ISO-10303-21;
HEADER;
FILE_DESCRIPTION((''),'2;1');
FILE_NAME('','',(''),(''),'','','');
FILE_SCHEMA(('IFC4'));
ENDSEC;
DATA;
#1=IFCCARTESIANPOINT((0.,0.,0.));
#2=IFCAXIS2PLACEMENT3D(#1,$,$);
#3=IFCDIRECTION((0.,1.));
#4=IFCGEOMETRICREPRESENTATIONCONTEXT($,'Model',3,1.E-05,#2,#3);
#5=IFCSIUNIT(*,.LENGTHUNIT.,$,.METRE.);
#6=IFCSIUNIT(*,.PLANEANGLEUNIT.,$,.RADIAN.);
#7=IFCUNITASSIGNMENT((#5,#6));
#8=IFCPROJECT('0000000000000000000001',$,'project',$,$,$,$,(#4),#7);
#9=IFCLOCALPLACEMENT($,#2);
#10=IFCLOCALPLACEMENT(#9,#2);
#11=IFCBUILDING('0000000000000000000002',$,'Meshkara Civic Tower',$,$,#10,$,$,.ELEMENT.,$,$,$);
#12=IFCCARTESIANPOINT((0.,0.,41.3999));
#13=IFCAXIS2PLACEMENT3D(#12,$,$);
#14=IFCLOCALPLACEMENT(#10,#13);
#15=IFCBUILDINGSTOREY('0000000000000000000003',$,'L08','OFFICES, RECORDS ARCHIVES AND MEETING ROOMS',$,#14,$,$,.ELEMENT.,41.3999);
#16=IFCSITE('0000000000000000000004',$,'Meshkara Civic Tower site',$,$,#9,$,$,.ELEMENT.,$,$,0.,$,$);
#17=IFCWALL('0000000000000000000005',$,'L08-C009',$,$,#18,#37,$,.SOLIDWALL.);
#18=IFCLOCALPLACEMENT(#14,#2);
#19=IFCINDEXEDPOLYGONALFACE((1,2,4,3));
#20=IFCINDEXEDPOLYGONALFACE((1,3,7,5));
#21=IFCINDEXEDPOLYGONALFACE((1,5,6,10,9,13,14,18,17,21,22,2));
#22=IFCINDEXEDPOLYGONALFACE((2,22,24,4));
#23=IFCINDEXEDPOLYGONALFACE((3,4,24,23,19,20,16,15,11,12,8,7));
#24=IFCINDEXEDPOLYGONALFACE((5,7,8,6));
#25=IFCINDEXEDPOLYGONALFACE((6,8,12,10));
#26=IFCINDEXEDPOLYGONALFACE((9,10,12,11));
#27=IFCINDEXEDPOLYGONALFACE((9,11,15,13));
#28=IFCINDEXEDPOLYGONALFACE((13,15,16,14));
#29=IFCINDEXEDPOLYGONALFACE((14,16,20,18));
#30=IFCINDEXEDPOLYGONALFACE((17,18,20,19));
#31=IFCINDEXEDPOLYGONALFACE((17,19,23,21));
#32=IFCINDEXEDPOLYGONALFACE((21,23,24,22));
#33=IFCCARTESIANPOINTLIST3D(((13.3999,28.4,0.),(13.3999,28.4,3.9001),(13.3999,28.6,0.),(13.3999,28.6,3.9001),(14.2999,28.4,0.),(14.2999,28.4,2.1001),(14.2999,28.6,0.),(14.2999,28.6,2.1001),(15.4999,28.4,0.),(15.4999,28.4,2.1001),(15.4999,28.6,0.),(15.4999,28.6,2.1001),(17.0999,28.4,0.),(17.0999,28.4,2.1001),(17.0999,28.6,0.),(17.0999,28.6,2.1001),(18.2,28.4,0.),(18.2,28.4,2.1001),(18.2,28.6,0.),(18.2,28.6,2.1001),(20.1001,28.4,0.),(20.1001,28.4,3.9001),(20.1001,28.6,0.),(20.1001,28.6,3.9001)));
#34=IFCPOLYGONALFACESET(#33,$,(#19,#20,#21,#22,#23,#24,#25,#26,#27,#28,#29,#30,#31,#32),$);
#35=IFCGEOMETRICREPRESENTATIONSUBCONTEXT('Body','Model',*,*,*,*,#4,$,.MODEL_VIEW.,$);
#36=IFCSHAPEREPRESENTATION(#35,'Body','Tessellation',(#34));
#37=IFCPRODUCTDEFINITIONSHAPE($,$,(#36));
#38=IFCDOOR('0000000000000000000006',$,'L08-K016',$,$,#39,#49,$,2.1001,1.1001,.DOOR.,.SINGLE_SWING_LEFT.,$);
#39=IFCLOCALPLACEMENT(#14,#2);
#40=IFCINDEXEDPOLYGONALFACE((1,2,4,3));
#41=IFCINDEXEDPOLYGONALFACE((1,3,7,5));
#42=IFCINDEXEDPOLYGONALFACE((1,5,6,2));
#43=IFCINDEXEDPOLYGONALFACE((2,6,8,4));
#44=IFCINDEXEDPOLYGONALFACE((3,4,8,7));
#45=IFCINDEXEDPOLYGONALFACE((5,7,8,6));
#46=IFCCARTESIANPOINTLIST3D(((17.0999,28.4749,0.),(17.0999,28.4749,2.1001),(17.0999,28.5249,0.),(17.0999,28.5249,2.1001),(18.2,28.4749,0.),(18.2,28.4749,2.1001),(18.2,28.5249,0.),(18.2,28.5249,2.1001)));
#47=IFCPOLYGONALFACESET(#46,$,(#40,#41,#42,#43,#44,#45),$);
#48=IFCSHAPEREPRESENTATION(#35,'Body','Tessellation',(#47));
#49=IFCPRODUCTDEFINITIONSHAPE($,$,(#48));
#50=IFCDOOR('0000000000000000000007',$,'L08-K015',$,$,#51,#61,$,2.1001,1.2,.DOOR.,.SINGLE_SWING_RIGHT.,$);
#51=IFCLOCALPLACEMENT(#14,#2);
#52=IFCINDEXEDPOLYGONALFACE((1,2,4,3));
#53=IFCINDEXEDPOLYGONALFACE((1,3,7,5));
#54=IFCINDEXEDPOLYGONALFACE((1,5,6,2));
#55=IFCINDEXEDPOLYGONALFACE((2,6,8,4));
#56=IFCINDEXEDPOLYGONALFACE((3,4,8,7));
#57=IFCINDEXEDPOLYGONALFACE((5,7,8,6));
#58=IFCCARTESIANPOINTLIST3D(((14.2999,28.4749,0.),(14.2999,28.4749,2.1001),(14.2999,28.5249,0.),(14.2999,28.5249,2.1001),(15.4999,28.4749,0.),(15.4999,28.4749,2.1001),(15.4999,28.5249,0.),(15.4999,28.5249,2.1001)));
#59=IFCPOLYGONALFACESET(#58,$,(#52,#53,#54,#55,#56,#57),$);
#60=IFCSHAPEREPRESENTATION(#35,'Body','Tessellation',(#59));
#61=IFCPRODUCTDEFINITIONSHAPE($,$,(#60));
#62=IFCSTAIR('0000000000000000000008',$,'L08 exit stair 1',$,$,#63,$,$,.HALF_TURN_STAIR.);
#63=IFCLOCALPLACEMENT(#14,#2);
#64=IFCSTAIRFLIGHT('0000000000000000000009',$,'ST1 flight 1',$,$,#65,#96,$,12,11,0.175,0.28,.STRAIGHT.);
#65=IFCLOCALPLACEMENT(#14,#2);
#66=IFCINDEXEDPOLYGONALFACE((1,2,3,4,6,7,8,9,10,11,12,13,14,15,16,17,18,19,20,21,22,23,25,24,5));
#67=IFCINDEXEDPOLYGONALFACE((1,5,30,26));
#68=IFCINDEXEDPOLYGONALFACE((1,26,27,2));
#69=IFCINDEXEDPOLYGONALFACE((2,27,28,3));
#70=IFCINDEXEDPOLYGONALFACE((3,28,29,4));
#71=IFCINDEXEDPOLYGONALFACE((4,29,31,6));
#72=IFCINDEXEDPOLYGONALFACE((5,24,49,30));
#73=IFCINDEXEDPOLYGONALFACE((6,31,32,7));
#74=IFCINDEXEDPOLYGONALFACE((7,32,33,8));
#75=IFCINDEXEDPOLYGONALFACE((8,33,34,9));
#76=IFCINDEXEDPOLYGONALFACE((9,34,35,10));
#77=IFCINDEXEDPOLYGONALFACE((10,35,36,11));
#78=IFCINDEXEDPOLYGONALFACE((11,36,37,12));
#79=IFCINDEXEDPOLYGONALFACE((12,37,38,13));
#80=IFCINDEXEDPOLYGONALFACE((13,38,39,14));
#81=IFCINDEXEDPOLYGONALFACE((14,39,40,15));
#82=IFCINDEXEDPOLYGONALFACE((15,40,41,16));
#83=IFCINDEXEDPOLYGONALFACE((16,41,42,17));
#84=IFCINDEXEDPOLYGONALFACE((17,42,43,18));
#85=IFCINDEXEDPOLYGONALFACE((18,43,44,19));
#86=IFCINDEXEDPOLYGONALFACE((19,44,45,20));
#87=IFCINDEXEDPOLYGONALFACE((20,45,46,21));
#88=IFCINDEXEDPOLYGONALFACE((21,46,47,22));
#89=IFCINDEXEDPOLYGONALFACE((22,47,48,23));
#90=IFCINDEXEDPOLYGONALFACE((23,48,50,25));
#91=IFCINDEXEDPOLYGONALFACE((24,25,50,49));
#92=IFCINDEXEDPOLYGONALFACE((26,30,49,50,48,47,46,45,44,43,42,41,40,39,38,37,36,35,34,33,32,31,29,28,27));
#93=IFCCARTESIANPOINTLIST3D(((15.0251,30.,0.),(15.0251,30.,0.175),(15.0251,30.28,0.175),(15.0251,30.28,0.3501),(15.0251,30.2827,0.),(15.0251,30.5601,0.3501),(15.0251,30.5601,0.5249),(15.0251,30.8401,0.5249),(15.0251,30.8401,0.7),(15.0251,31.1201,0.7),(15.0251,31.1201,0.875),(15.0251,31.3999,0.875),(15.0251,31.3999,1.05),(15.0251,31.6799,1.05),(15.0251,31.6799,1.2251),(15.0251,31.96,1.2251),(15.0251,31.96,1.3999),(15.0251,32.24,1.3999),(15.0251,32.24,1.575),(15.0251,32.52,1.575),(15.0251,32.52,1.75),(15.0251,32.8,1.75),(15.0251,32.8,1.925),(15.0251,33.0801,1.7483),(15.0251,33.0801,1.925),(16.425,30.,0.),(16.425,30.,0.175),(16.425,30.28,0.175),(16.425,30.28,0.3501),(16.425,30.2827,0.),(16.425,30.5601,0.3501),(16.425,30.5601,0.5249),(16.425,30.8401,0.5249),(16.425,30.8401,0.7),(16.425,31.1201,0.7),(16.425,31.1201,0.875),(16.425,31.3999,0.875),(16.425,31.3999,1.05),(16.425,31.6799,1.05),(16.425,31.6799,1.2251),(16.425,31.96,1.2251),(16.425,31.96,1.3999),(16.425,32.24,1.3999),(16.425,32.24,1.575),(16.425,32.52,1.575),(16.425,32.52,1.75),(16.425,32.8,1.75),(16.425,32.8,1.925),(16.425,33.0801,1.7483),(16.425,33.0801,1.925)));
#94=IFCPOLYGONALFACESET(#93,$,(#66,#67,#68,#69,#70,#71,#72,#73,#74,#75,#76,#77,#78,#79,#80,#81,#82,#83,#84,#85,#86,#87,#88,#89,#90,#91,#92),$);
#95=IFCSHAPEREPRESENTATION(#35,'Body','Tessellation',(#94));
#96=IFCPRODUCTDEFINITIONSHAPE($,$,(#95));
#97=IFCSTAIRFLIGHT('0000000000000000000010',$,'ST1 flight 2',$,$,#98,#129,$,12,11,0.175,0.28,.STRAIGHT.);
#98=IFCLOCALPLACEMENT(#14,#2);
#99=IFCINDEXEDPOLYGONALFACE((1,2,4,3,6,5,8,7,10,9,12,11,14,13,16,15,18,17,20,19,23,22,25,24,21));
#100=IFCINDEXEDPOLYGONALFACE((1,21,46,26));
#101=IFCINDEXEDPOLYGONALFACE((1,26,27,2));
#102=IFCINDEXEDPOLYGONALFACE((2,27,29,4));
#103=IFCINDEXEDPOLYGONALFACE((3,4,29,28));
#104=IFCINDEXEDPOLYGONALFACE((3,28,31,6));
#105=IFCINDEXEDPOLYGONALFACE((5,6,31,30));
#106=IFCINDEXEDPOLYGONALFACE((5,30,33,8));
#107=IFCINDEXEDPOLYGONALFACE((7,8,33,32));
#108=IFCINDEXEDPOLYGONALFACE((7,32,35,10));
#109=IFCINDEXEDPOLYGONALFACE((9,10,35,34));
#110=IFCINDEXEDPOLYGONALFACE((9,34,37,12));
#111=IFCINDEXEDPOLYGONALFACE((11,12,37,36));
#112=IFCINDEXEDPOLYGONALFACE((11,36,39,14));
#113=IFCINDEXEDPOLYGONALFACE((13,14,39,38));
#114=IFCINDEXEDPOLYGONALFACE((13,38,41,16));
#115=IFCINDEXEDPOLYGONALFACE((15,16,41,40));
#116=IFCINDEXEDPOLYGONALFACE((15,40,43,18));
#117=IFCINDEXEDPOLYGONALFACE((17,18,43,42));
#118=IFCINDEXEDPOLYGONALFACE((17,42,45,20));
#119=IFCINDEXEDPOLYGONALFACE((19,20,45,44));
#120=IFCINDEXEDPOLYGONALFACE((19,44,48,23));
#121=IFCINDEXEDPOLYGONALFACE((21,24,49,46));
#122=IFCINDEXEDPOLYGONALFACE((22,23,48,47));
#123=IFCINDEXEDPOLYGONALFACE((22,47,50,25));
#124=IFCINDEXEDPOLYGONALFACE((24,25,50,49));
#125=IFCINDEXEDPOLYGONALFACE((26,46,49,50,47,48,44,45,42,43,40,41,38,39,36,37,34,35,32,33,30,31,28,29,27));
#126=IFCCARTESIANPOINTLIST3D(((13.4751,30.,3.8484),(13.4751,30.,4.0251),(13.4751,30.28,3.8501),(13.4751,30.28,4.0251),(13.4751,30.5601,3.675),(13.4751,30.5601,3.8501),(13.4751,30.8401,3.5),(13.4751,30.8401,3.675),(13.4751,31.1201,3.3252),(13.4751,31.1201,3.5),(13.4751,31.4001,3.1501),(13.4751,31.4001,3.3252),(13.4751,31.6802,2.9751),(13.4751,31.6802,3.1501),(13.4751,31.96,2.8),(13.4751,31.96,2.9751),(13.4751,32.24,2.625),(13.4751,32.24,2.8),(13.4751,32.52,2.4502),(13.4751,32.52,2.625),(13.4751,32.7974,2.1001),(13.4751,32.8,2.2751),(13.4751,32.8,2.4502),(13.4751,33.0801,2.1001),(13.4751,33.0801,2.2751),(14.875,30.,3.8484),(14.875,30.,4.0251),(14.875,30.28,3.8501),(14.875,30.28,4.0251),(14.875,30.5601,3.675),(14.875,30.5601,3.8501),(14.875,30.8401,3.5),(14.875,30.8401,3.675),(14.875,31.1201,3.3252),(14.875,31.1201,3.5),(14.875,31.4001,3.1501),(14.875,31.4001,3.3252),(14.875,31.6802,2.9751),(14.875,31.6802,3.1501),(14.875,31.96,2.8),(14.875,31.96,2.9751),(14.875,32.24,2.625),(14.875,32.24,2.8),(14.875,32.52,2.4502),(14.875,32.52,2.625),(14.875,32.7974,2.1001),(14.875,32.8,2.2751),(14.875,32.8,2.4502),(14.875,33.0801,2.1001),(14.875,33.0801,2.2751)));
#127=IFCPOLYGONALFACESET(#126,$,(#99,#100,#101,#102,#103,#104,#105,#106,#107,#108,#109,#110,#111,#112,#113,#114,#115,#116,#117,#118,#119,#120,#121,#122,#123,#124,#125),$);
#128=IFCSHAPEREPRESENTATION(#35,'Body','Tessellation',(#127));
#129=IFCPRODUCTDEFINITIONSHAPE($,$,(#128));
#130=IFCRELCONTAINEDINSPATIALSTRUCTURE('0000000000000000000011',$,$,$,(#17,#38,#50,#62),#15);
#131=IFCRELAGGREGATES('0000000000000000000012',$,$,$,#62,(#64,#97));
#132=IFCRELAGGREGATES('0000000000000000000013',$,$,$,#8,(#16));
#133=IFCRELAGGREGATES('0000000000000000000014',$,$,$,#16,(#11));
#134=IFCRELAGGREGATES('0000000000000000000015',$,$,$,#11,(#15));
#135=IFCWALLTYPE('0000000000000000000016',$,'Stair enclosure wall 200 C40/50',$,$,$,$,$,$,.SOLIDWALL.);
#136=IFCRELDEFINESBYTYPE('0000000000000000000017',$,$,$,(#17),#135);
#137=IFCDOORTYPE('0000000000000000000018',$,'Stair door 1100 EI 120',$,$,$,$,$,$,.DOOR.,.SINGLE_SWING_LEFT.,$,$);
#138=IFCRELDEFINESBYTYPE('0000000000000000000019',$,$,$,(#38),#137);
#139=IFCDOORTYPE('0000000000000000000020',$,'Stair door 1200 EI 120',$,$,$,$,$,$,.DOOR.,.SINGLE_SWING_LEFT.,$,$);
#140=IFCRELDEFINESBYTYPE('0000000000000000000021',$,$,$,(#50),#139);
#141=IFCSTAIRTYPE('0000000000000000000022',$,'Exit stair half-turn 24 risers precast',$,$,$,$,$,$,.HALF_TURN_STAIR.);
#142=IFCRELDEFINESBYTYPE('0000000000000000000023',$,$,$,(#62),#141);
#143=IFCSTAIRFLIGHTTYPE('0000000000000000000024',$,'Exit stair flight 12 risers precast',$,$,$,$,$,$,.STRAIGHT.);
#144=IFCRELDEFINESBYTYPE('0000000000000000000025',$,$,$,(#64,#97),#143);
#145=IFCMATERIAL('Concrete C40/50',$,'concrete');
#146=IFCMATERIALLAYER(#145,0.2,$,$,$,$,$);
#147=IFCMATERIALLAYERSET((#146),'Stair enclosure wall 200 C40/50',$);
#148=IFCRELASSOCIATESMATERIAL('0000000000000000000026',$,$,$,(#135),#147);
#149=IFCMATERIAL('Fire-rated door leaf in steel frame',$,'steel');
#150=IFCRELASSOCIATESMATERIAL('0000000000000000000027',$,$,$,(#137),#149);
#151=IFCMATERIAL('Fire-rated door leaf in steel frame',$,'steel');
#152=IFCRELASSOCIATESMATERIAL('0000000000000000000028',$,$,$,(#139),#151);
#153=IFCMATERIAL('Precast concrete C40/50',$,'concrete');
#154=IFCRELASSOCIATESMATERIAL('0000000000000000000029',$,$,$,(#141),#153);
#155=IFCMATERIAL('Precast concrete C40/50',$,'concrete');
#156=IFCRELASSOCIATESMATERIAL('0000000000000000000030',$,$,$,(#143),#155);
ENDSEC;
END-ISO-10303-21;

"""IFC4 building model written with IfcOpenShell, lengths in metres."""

from ifc_helpers import new_model, si_unit, direction, frame, frame_2d, origin, place, context, subcontext, project, spatial, polyline, rectangle, outline, extrude, material, layer, layer_set, type_object, element, fill, aggregate, save


model = new_model("IFC4")

# Units and contexts
model_context = context("Model", 3, precision=1e-05, world=origin(), true_north=direction((0.0, 1.0)))
body_context = subcontext(model_context, "Body", "Model", "MODEL_VIEW")
ifc_project = project(units=[si_unit("LENGTHUNIT", "METRE"), si_unit("PLANEANGLEUNIT", "RADIAN")], contexts=[model_context])

# Site, building, storey
site_placement = place(None, origin())
site = spatial("IfcSite", under=ifc_project, at=site_placement, Name="Meshkara Civic Tower site", CompositionType="ELEMENT", RefElevation=0.0)
building_placement = place(site_placement, origin())
building = spatial("IfcBuilding", under=site, at=building_placement, Name="Meshkara Civic Tower", CompositionType="ELEMENT")
storey_placement = place(building_placement, frame((0.0, 0.0, 41.3999)))
storey = spatial("IfcBuildingStorey", under=building, at=storey_placement, Name="L08", Description="OFFICES, RECORDS ARCHIVES AND MEETING ROOMS", CompositionType="ELEMENT", Elevation=41.3999)

# Wall, openings, doors
ifc_material_1 = material(Name="Concrete C40/50", Category="concrete")
ifc_layer_1 = layer(ifc_material_1, 0.2)
ifc_layer_set_1 = layer_set([ifc_layer_1], Name="Stair enclosure wall 200 C40/50")
wall_type_1 = type_object("IfcWallType", Name="Stair enclosure wall 200 C40/50", PredefinedType="SOLIDWALL", material=ifc_layer_set_1)
wall_1_placement = place(storey_placement, frame((13.3999, 28.5, 0.0), z_axis=(0.0, 0.0, 1.0), x_axis=(1.0, 0.0, 0.0)))
wall_1 = element("IfcWall", 1, at=wall_1_placement, inside=storey, type_object=wall_type_1, Name="L08-C009", PredefinedType="SOLIDWALL", context=body_context, shape_type="SweptSolid", body=[
    extrude(rectangle(XDim=6.7002, YDim=0.2, at=frame_2d((3.3501, 0.0))), origin(), (0.0, 0.0, 1.0), 3.9001),
])
opening_1_placement = place(wall_1_placement, frame((0.8999, 0.0, 0.0)))
opening_1 = element("IfcOpeningElement", 2, at=opening_1_placement, cuts=wall_1, PredefinedType="OPENING", context=body_context, shape_type="SweptSolid", body=[
    extrude(rectangle(XDim=1.2, YDim=2.1001, at=frame_2d((0.6001, 1.05))), frame((0.0, 0.1099, 0.0), z_axis=(0.0, -1.0, 0.0), x_axis=(1.0, 0.0, 0.0)), (0.0, 0.0, 1.0), 0.22),
])
opening_2_placement = place(wall_1_placement, frame((3.7, 0.0, 0.0)))
opening_2 = element("IfcOpeningElement", 3, at=opening_2_placement, cuts=wall_1, PredefinedType="OPENING", context=body_context, shape_type="SweptSolid", body=[
    extrude(rectangle(XDim=1.1001, YDim=2.1001, at=frame_2d((0.55, 1.05))), frame((0.0, 0.1099, 0.0), z_axis=(0.0, -1.0, 0.0), x_axis=(1.0, 0.0, 0.0)), (0.0, 0.0, 1.0), 0.22),
])
ifc_material_2 = material(Name="Fire-rated door leaf in steel frame", Category="steel")
door_type_1 = type_object("IfcDoorType", Name="Stair door 1100 EI 120", OperationType="SINGLE_SWING_LEFT", PredefinedType="DOOR", material=ifc_material_2)
door_1_placement = place(opening_2_placement, origin())
door_1 = element("IfcDoor", 4, at=door_1_placement, inside=storey, type_object=door_type_1, Name="L08-K016", OperationType="SINGLE_SWING_LEFT", OverallHeight=2.1001, OverallWidth=1.1001, PredefinedType="DOOR", context=body_context, shape_type="SweptSolid", body=[
    extrude(rectangle(XDim=1.1001, YDim=2.1001, at=frame_2d((0.55, 1.05))), frame((0.0, 0.0249, 0.0), z_axis=(0.0, -1.0, 0.0), x_axis=(1.0, 0.0, 0.0)), (0.0, 0.0, 1.0), 0.05),
])
fill(opening_2, door_1)
ifc_material_3 = material(Name="Fire-rated door leaf in steel frame", Category="steel")
door_type_2 = type_object("IfcDoorType", Name="Stair door 1200 EI 120", OperationType="SINGLE_SWING_LEFT", PredefinedType="DOOR", material=ifc_material_3)
door_2_placement = place(opening_1_placement, origin())
door_2 = element("IfcDoor", 5, at=door_2_placement, inside=storey, type_object=door_type_2, Name="L08-K015", OperationType="SINGLE_SWING_RIGHT", OverallHeight=2.1001, OverallWidth=1.2, PredefinedType="DOOR", context=body_context, shape_type="SweptSolid", body=[
    extrude(rectangle(XDim=1.2, YDim=2.1001, at=frame_2d((0.6001, 1.05))), frame((0.0, 0.0249, 0.0), z_axis=(0.0, -1.0, 0.0), x_axis=(1.0, 0.0, 0.0)), (0.0, 0.0, 1.0), 0.05),
])
fill(opening_1, door_2)

# Stair, stair flights
ifc_material_4 = material(Name="Precast concrete C40/50", Category="concrete")
stair_type = type_object("IfcStairType", Name="Exit stair half-turn 24 risers precast", PredefinedType="HALF_TURN_STAIR", material=ifc_material_4)
stair_placement = place(storey_placement, origin())
stair = element("IfcStair", 6, at=stair_placement, inside=storey, type_object=stair_type, Name="L08 exit stair 1", PredefinedType="HALF_TURN_STAIR")
ifc_material_5 = material(Name="Precast concrete C40/50", Category="concrete")
stair_flight_type = type_object("IfcStairFlightType", Name="Exit stair flight 12 risers precast", PredefinedType="STRAIGHT", material=ifc_material_5)
stair_flight_1_placement = place(storey_placement, frame((15.7251, 30.0, 0.0), z_axis=(0.0, 0.0, 1.0), x_axis=(0.0, 1.0, 0.0)))
stair_flight_1 = element("IfcStairFlight", 7, at=stair_flight_1_placement, type_object=stair_flight_type, Name="ST1 flight 1", NumberOfRisers=12, NumberOfTreads=11, PredefinedType="STRAIGHT", RiserHeight=0.175, TreadLength=0.28, context=body_context, shape_type="SweptSolid", body=[
    extrude(outline(polyline([(0.0, 0.0), (0.0, 0.175), (0.28, 0.175), (0.28, 0.3501), (0.5601, 0.3501), (0.5601, 0.5249), (0.8401, 0.5249), (0.8401, 0.7), (1.1201, 0.7), (1.1201, 0.875), (1.3999, 0.875), (1.3999, 1.05), (1.6799, 1.05), (1.6799, 1.2251), (1.96, 1.2251), (1.96, 1.3999), (2.24, 1.3999), (2.24, 1.575), (2.52, 1.575), (2.52, 1.75), (2.8, 1.75), (2.8, 1.925), (3.0801, 1.925), (3.0801, 2.1001), (3.0801, 1.7483), (0.2827, 0.0), (0.0, 0.0)])), frame((0.0, 0.7, 0.0), z_axis=(0.0, -1.0, 0.0), x_axis=(1.0, 0.0, 0.0)), (0.0, 0.0, 1.0), 1.3999),
])
stair_flight_2_placement = place(storey_placement, frame((14.175, 33.0801, 2.1001), z_axis=(0.0, 0.0, 1.0), x_axis=(0.0, -1.0, 0.0)))
stair_flight_2 = element("IfcStairFlight", 8, at=stair_flight_2_placement, type_object=stair_flight_type, Name="ST1 flight 2", NumberOfRisers=12, NumberOfTreads=11, PredefinedType="STRAIGHT", RiserHeight=0.175, TreadLength=0.28, context=body_context, shape_type="SweptSolid", body=[
    extrude(outline(polyline([(0.0, 0.0), (0.0, 0.175), (0.28, 0.175), (0.28, 0.3501), (0.5601, 0.3501), (0.5601, 0.5249), (0.8401, 0.5249), (0.8401, 0.7), (1.1201, 0.7), (1.1201, 0.875), (1.3999, 0.875), (1.3999, 1.05), (1.6799, 1.05), (1.6799, 1.2251), (1.96, 1.2251), (1.96, 1.3999), (2.24, 1.3999), (2.24, 1.575), (2.52, 1.575), (2.52, 1.75), (2.8, 1.75), (2.8, 1.925), (3.0801, 1.925), (3.0801, 2.1001), (3.0801, 1.7483), (0.2827, 0.0), (0.0, 0.0)])), frame((0.0, 0.7, 0.0), z_axis=(0.0, -1.0, 0.0), x_axis=(1.0, 0.0, 0.0)), (0.0, 0.0, 1.0), 1.3999),
])
aggregate(stair, [stair_flight_1, stair_flight_2])

save(model, "model.ifc")
